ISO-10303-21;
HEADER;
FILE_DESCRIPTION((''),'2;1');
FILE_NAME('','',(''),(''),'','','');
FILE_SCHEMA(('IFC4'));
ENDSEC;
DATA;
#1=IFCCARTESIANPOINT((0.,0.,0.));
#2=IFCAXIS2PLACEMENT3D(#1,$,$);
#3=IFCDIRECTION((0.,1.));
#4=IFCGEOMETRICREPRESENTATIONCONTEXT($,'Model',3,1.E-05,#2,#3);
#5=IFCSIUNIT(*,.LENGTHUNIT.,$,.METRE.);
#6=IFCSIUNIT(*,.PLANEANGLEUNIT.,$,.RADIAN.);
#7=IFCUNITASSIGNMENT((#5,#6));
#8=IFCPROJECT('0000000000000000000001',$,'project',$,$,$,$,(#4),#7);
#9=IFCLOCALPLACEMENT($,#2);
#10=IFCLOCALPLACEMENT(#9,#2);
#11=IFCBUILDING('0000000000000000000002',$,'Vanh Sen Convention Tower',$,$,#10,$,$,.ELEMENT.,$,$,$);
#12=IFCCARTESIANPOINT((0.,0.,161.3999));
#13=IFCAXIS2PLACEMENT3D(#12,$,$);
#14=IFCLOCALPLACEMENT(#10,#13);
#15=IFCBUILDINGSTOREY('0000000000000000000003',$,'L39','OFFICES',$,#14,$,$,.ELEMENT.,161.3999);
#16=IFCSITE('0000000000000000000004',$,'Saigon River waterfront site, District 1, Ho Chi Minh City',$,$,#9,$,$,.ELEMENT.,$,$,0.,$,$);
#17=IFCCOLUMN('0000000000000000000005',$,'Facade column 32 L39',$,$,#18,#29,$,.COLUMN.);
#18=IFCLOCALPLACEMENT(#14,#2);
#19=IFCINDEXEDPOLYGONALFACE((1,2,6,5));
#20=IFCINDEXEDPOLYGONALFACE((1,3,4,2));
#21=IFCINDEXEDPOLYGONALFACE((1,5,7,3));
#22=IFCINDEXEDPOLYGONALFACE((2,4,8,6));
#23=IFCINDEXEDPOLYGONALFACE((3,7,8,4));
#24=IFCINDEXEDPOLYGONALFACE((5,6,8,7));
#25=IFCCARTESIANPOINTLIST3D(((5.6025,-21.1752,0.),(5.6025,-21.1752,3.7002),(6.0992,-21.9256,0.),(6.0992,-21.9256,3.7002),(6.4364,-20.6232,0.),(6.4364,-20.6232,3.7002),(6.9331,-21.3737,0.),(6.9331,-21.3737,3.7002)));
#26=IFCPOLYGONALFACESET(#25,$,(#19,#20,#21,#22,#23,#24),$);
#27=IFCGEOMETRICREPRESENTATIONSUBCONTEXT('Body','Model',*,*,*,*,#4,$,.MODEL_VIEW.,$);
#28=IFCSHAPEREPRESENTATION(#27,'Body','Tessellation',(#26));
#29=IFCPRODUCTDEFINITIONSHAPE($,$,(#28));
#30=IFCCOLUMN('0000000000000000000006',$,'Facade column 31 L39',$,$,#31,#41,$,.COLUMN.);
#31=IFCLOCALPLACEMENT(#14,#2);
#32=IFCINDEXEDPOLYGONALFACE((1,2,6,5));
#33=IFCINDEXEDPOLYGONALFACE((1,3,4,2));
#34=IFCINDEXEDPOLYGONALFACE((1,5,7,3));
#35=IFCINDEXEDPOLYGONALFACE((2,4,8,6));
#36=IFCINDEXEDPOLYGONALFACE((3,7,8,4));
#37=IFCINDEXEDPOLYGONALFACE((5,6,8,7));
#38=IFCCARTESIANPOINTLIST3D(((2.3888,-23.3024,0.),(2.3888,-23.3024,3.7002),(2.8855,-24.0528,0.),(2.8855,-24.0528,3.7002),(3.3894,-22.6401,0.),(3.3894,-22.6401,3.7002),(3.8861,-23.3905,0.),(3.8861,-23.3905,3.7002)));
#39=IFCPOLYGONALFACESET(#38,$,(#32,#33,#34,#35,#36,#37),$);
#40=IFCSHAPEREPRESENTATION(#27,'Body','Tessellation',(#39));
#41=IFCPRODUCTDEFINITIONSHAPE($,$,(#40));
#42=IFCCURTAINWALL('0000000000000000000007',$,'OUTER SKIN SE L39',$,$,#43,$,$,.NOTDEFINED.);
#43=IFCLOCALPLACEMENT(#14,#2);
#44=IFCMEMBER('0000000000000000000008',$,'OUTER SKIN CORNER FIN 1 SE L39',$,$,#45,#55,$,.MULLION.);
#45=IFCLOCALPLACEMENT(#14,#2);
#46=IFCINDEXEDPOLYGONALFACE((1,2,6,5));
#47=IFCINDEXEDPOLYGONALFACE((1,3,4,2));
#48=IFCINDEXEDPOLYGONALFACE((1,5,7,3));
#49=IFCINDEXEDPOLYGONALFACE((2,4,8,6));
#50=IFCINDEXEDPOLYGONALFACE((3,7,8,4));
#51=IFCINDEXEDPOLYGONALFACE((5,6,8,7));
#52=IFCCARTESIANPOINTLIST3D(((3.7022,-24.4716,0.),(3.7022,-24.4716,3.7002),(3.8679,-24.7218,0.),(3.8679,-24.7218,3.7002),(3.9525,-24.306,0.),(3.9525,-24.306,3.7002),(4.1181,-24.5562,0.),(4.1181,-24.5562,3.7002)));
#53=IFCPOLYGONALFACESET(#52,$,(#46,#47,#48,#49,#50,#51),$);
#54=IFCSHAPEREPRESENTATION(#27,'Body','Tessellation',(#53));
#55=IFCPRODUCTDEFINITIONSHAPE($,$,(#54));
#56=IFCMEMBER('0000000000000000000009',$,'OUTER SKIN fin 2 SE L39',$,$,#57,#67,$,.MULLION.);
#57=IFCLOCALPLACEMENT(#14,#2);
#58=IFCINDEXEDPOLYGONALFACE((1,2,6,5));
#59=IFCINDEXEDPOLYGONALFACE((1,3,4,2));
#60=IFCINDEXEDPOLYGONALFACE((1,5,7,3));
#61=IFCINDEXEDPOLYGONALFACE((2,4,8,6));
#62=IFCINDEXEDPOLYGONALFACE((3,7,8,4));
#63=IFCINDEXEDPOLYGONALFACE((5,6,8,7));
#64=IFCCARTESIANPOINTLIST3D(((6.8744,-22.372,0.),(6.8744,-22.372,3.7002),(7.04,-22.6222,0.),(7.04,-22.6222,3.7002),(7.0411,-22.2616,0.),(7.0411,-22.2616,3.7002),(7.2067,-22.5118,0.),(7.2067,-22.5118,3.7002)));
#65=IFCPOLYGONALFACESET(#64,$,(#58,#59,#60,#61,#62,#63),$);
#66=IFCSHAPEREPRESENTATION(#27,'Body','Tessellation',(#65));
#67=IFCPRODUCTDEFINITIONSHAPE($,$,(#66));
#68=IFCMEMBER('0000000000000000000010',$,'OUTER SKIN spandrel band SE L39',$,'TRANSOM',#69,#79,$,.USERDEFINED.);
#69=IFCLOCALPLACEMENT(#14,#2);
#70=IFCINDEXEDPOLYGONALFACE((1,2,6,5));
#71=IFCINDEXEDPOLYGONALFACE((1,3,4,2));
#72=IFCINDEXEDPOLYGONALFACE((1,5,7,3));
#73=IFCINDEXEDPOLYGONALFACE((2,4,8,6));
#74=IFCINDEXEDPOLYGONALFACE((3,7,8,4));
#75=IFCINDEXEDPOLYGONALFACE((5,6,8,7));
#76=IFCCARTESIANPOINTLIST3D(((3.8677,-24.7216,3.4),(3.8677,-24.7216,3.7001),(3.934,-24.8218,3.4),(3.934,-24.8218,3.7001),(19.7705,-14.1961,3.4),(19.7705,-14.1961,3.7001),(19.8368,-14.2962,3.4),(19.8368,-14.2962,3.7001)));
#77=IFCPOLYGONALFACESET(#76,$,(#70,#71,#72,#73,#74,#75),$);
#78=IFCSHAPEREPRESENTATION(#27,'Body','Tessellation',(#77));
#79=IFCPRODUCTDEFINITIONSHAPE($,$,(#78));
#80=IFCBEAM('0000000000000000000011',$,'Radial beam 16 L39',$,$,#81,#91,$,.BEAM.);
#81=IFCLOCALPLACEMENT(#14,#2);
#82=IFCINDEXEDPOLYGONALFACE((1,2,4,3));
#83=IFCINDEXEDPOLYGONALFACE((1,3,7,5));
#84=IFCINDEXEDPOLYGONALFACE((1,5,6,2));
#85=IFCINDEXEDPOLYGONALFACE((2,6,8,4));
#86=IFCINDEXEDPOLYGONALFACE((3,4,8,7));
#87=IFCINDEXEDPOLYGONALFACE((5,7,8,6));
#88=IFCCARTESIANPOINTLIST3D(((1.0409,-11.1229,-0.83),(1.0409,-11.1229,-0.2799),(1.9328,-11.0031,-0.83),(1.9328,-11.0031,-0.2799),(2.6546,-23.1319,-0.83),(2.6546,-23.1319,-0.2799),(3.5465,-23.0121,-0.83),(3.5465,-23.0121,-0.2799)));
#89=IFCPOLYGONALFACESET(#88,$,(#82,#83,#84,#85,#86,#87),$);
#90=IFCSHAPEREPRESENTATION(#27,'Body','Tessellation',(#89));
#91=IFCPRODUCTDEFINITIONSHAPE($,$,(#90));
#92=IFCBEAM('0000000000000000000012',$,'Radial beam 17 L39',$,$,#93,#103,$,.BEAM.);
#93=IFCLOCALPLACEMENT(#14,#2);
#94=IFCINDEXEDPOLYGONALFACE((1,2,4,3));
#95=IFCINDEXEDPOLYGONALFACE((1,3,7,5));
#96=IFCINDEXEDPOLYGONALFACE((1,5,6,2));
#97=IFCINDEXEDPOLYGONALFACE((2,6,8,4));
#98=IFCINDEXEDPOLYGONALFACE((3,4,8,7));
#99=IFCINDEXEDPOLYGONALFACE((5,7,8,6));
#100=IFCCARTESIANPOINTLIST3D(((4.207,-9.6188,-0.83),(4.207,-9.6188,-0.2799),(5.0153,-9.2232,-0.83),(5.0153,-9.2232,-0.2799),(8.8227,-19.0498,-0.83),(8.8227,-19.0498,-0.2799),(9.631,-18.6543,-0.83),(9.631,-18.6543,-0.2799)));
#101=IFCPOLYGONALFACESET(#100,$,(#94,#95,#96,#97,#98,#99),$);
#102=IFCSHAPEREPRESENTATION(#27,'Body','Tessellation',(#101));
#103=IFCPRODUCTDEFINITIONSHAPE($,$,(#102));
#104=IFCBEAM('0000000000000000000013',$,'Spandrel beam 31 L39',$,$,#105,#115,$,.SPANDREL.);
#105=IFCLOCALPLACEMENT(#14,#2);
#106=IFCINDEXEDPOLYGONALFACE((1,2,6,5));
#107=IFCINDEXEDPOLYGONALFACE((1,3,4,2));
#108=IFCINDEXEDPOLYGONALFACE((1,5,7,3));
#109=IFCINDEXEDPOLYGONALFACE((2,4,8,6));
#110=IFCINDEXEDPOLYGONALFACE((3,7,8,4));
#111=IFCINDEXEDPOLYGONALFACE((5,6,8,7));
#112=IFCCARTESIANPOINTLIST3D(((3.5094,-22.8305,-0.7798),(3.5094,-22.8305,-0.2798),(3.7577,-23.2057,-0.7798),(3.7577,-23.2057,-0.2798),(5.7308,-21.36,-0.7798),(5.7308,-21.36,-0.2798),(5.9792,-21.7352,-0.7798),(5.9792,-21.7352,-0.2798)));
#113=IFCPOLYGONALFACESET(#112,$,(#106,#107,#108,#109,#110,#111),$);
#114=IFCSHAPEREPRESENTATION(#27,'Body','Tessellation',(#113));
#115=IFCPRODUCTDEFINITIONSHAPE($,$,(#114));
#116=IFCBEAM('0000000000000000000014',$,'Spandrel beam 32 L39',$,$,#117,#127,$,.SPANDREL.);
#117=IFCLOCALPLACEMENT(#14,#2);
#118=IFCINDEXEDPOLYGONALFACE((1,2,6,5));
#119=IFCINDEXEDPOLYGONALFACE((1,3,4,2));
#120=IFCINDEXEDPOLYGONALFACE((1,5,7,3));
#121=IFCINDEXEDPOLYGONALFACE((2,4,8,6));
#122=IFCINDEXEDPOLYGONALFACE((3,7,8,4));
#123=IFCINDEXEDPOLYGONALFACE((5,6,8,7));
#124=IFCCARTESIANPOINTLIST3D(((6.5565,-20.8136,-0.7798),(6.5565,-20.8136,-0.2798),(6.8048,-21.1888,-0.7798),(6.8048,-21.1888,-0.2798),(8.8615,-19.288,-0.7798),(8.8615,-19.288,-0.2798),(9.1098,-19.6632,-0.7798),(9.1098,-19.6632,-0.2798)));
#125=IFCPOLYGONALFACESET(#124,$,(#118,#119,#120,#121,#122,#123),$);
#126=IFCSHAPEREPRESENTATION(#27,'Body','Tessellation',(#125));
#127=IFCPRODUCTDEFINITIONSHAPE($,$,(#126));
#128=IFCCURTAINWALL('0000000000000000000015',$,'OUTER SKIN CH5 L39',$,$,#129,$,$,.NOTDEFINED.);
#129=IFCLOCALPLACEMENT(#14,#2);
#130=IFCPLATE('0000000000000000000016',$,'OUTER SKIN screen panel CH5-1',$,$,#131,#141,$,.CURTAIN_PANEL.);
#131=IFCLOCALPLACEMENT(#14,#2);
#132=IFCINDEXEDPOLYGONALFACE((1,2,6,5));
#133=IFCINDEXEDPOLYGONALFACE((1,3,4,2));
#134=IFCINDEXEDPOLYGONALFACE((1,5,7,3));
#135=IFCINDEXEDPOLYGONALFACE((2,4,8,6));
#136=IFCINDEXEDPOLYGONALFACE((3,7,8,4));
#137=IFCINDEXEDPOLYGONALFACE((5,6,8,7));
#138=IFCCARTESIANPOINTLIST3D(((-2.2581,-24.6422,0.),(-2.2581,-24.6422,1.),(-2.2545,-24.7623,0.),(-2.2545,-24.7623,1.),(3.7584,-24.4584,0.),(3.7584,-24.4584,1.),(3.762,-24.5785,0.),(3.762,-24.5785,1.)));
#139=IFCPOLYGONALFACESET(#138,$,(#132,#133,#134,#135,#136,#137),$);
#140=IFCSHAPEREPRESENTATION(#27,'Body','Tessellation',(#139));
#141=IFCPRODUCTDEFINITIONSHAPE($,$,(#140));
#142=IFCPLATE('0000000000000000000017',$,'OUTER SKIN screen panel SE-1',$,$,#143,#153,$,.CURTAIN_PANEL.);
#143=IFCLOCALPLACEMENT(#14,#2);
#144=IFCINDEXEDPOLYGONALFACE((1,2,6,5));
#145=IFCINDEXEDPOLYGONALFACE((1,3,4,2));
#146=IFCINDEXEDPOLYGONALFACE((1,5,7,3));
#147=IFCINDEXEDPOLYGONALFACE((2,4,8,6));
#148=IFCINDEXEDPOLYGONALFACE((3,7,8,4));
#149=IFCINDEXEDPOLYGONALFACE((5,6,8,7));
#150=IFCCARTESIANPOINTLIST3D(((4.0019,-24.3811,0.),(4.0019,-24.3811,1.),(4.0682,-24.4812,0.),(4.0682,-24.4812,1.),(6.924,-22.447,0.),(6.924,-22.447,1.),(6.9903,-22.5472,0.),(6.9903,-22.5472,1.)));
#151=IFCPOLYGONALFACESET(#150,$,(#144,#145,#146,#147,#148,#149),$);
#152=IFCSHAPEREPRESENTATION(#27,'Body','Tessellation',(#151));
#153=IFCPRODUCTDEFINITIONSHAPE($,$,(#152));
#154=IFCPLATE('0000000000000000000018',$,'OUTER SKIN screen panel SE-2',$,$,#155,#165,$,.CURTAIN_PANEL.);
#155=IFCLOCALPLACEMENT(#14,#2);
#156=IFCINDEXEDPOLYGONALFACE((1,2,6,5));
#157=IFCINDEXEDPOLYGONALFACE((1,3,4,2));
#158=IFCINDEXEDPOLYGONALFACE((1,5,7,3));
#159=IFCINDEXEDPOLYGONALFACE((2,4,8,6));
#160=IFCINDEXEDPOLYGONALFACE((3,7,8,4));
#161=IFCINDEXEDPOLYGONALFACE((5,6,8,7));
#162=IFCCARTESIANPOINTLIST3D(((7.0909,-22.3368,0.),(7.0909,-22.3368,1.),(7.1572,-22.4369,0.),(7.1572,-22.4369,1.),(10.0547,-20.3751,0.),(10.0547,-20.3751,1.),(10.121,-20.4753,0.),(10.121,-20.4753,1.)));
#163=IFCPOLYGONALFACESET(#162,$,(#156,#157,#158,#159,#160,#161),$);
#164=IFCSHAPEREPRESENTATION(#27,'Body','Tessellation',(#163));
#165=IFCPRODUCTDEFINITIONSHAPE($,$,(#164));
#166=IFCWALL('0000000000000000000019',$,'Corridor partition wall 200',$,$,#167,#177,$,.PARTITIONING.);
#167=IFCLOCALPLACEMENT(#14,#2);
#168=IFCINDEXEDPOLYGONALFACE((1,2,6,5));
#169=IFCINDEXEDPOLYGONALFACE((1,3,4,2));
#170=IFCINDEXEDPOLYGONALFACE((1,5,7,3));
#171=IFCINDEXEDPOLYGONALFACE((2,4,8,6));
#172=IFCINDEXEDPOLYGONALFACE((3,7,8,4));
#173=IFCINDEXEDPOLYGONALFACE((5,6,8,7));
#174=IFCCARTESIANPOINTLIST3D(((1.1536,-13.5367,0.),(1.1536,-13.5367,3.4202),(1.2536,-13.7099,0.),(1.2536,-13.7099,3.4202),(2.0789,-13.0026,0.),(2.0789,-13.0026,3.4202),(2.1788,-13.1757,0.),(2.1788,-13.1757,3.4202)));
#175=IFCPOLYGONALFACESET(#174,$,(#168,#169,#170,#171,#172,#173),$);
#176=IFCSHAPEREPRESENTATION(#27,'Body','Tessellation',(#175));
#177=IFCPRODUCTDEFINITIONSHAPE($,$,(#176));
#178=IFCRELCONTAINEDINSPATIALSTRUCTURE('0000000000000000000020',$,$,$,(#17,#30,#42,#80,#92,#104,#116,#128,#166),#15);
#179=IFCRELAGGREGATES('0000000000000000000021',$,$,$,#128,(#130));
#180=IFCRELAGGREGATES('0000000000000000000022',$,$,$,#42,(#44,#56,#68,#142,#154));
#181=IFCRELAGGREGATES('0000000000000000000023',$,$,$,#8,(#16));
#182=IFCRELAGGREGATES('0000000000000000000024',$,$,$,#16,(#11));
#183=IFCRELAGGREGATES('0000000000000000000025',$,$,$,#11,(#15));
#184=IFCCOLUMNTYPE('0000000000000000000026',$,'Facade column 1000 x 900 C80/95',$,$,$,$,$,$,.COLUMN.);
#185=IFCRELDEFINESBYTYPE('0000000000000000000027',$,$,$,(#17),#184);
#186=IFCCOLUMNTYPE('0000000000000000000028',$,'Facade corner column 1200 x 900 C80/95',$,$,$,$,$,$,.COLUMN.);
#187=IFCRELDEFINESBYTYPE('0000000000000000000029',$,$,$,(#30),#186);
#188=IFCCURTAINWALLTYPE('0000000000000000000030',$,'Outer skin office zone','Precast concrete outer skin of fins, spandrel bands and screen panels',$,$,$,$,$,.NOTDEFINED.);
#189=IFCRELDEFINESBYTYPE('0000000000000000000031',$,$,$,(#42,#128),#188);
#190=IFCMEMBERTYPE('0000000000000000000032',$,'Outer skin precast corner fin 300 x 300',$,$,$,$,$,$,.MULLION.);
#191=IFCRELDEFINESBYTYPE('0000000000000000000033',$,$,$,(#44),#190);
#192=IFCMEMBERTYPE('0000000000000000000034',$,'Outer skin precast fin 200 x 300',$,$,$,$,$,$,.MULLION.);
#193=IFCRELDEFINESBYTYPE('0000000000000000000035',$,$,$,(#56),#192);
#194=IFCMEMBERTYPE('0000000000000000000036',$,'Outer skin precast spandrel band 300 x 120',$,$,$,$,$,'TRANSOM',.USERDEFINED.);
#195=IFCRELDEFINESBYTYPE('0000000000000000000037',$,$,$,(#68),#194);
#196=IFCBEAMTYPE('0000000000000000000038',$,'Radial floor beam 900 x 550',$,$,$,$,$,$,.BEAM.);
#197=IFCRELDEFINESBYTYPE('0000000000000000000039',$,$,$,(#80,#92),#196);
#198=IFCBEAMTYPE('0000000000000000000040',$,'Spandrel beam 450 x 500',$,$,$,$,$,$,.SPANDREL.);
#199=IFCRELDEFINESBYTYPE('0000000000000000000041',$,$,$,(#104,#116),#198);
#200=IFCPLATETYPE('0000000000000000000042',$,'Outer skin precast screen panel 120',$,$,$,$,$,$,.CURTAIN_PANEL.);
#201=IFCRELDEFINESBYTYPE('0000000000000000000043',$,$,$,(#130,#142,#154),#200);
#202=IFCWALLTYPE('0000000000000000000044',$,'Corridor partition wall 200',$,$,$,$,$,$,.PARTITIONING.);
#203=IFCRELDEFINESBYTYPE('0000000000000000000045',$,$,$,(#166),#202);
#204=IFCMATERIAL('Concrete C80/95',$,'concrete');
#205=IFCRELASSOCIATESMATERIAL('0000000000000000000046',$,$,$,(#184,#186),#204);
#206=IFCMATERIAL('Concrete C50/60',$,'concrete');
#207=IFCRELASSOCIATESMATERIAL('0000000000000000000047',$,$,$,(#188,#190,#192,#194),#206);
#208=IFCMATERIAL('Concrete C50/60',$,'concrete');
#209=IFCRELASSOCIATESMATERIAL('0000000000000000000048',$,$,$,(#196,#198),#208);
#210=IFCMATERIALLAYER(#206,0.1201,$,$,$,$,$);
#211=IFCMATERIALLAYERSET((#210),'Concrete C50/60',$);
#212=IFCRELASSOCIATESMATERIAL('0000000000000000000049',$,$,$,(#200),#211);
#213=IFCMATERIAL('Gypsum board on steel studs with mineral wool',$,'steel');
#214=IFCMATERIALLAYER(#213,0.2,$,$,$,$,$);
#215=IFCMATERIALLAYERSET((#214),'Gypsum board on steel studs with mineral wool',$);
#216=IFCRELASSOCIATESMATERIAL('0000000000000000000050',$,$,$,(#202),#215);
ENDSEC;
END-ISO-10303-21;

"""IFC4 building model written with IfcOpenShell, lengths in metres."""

from ifc_helpers import new_model, si_unit, direction, frame, frame_2d, origin, origin_2d, place, context, subcontext, project, spatial, rectangle, extrude, material, layer, layer_set, material_profile, profile_set, type_object, element, aggregate, save


model = new_model("IFC4")

# Units and contexts
model_context = context("Model", 3, precision=1e-05, world=origin(), true_north=direction((0.0, 1.0)))
body_context = subcontext(model_context, "Body", "Model", "MODEL_VIEW")
ifc_project = project(units=[si_unit("LENGTHUNIT", "METRE"), si_unit("PLANEANGLEUNIT", "RADIAN")], contexts=[model_context])

# Site, building, storey
site_placement = place(None, origin())
site = spatial("IfcSite", under=ifc_project, at=site_placement, Name="Saigon River waterfront site, District 1, Ho Chi Minh City", CompositionType="ELEMENT", RefElevation=0.0)
building_placement = place(site_placement, origin())
building = spatial("IfcBuilding", under=site, at=building_placement, Name="Vanh Sen Convention Tower", CompositionType="ELEMENT")
storey_placement = place(building_placement, frame((0.0, 0.0, 161.3999)))
storey = spatial("IfcBuildingStorey", under=building, at=storey_placement, Name="L39", Description="OFFICES", CompositionType="ELEMENT", Elevation=161.3999)

# Columns
ifc_material_1 = material(Name="Concrete C80/95", Category="concrete")
ifc_material_profile_1 = material_profile(ifc_material_1, rectangle(XDim=1.0, YDim=0.8999, at=origin_2d()), Name="RC 1000X900")
ifc_profile_set_1 = profile_set([ifc_material_profile_1], Name="Concrete C80/95")
column_type_1 = type_object("IfcColumnType", Name="Facade column 1000 x 900 C80/95", PredefinedType="COLUMN", material=ifc_profile_set_1)
column_1_placement = place(storey_placement, frame((6.2678, -21.2744, 0.0), z_axis=(0.0, 0.0, 1.0), x_axis=(0.833886, 0.551937, 0.0)))
element("IfcColumn", 1, at=column_1_placement, inside=storey, type_object=column_type_1, Name="Facade column 32 L39", PredefinedType="COLUMN", context=body_context, shape_type="SweptSolid", body=[
    extrude(rectangle(XDim=1.0, YDim=0.8999, at=origin_2d()), origin(), (0.0, 0.0, 1.0), 3.7002),
])
ifc_material_profile_2 = material_profile(ifc_material_1, rectangle(XDim=1.2, YDim=0.8999, at=origin_2d()), Name="RC 1200X900")
ifc_profile_set_2 = profile_set([ifc_material_profile_2], Name="Concrete C80/95")
column_type_2 = type_object("IfcColumnType", Name="Facade corner column 1200 x 900 C80/95", PredefinedType="COLUMN", material=ifc_profile_set_2)
column_2_placement = place(storey_placement, frame((3.1375, -23.3464, 0.0), z_axis=(0.0, 0.0, 1.0), x_axis=(0.833886, 0.551937, 0.0)))
element("IfcColumn", 2, at=column_2_placement, inside=storey, type_object=column_type_2, Name="Facade column 31 L39", PredefinedType="COLUMN", context=body_context, shape_type="SweptSolid", body=[
    extrude(rectangle(XDim=1.2, YDim=0.8999, at=origin_2d()), origin(), (0.0, 0.0, 1.0), 3.7002),
])

# Curtain wall, members
ifc_material_2 = material(Name="Concrete C50/60", Category="concrete")
curtain_wall_type = type_object("IfcCurtainWallType", Name="Outer skin office zone", Description="Precast concrete outer skin of fins, spandrel bands and screen panels", PredefinedType="NOTDEFINED", material=ifc_material_2)
curtain_wall_1_placement = place(storey_placement, origin())
curtain_wall_1 = element("IfcCurtainWall", 3, at=curtain_wall_1_placement, inside=storey, type_object=curtain_wall_type, Name="OUTER SKIN SE L39", PredefinedType="NOTDEFINED")
ifc_material_profile_3 = material_profile(ifc_material_2, rectangle(XDim=0.3, YDim=0.3, at=origin_2d()), Name="Outer skin precast corner fin 300 x 300")
ifc_profile_set_3 = profile_set([ifc_material_profile_3], Name="Concrete C50/60")
member_type_1 = type_object("IfcMemberType", Name="Outer skin precast corner fin 300 x 300", PredefinedType="MULLION", material=ifc_profile_set_3)
member_1_placement = place(storey_placement, frame((3.9102, -24.5139, 0.0), z_axis=(0.0, 0.0, 1.0), x_axis=(0.833886, 0.551937, 0.0)))
member_1 = element("IfcMember", 4, at=member_1_placement, type_object=member_type_1, Name="OUTER SKIN CORNER FIN 1 SE L39", PredefinedType="MULLION", context=body_context, shape_type="SweptSolid", body=[
    extrude(rectangle(XDim=0.3, YDim=0.3, at=origin_2d()), origin(), (0.0, 0.0, 1.0), 3.7002),
])
ifc_material_profile_4 = material_profile(ifc_material_2, rectangle(XDim=0.2, YDim=0.3, at=origin_2d()), Name="Outer skin precast fin 200 x 300")
ifc_profile_set_4 = profile_set([ifc_material_profile_4], Name="Concrete C50/60")
member_type_2 = type_object("IfcMemberType", Name="Outer skin precast fin 200 x 300", PredefinedType="MULLION", material=ifc_profile_set_4)
member_2_placement = place(storey_placement, frame((7.0405, -22.4419, 0.0), z_axis=(0.0, 0.0, 1.0), x_axis=(0.833886, 0.551937, 0.0)))
member_2 = element("IfcMember", 5, at=member_2_placement, type_object=member_type_2, Name="OUTER SKIN fin 2 SE L39", PredefinedType="MULLION", context=body_context, shape_type="SweptSolid", body=[
    extrude(rectangle(XDim=0.2, YDim=0.3, at=origin_2d()), origin(), (0.0, 0.0, 1.0), 3.7002),
])
ifc_material_profile_5 = material_profile(ifc_material_2, rectangle(XDim=0.1201, YDim=0.3, at=origin_2d()), Name="Outer skin precast spandrel band 300 x 120")
ifc_profile_set_5 = profile_set([ifc_material_profile_5], Name="Concrete C50/60")
member_type_3 = type_object("IfcMemberType", Name="Outer skin precast spandrel band 300 x 120", ElementType="TRANSOM", PredefinedType="USERDEFINED", material=ifc_profile_set_5)
member_3_placement = place(storey_placement, frame((3.9009, -24.7717, 3.55), z_axis=(0.833891, 0.551929, 0.0), x_axis=(-0.551929, 0.833891, 0.0)))
member_3 = element("IfcMember", 6, at=member_3_placement, type_object=member_type_3, Name="OUTER SKIN spandrel band SE L39", ObjectType="TRANSOM", PredefinedType="USERDEFINED", context=body_context, shape_type="SweptSolid", body=[
    extrude(rectangle(XDim=0.1201, YDim=0.3, at=origin_2d()), origin(), (0.0, 0.0, 1.0), 19.0706),
])

# Beams
ifc_material_3 = material(Name="Concrete C50/60", Category="concrete")
ifc_material_profile_6 = material_profile(ifc_material_3, rectangle(XDim=0.8999, YDim=0.55, at=origin_2d()), Name="RC 900X550")
ifc_profile_set_6 = profile_set([ifc_material_profile_6], Name="Concrete C50/60")
beam_type_1 = type_object("IfcBeamType", Name="Radial floor beam 900 x 550", PredefinedType="BEAM", material=ifc_profile_set_6)
beam_1_placement = place(storey_placement, frame((3.1006, -23.072, -0.5549), z_axis=(-0.133183, 0.991092, 0.0), x_axis=(-0.991092, -0.133183, 0.0)))
element("IfcBeam", 7, at=beam_1_placement, inside=storey, type_object=beam_type_1, Name="Radial beam 16 L39", PredefinedType="BEAM", context=body_context, shape_type="SweptSolid", body=[
    extrude(rectangle(XDim=0.8999, YDim=0.55, at=origin_2d()), origin(), (0.0, 0.0, 1.0), 12.1169),
])
beam_2_placement = place(storey_placement, frame((9.2268, -18.8521, -0.5549), z_axis=(-0.43959, 0.898199, 0.0), x_axis=(-0.898199, -0.43959, 0.0)))
element("IfcBeam", 8, at=beam_2_placement, inside=storey, type_object=beam_type_1, Name="Radial beam 17 L39", PredefinedType="BEAM", context=body_context, shape_type="SweptSolid", body=[
    extrude(rectangle(XDim=0.8999, YDim=0.55, at=origin_2d()), origin(), (0.0, 0.0, 1.0), 10.5),
])
ifc_material_profile_7 = material_profile(ifc_material_3, rectangle(XDim=0.45, YDim=0.5, at=origin_2d()), Name="RC 450X500")
ifc_profile_set_7 = profile_set([ifc_material_profile_7], Name="Concrete C50/60")
beam_type_2 = type_object("IfcBeamType", Name="Spandrel beam 450 x 500", PredefinedType="SPANDREL", material=ifc_profile_set_7)
beam_3_placement = place(storey_placement, frame((3.6335, -23.0181, -0.5298), z_axis=(0.833865, 0.551969, 0.0), x_axis=(-0.551969, 0.833865, 0.0)))
element("IfcBeam", 9, at=beam_3_placement, inside=storey, type_object=beam_type_2, Name="Spandrel beam 31 L39", PredefinedType="SPANDREL", context=body_context, shape_type="SweptSolid", body=[
    extrude(rectangle(XDim=0.45, YDim=0.5, at=origin_2d()), origin(), (0.0, 0.0, 1.0), 2.6641),
])
beam_4_placement = place(storey_placement, frame((6.6807, -21.0012, -0.5298), z_axis=(0.83388, 0.551945, 0.0), x_axis=(-0.551945, 0.83388, 0.0)))
element("IfcBeam", 10, at=beam_4_placement, inside=storey, type_object=beam_type_2, Name="Spandrel beam 32 L39", PredefinedType="SPANDREL", context=body_context, shape_type="SweptSolid", body=[
    extrude(rectangle(XDim=0.45, YDim=0.5, at=origin_2d()), origin(), (0.0, 0.0, 1.0), 2.7642),
])

# Curtain wall, plate
curtain_wall_2_placement = place(storey_placement, origin())
curtain_wall_2 = element("IfcCurtainWall", 11, at=curtain_wall_2_placement, inside=storey, type_object=curtain_wall_type, Name="OUTER SKIN CH5 L39", PredefinedType="NOTDEFINED")
ifc_layer_1 = layer(ifc_material_2, 0.1201)
ifc_layer_set_1 = layer_set([ifc_layer_1], Name="Concrete C50/60")
plate_type = type_object("IfcPlateType", Name="Outer skin precast screen panel 120", PredefinedType="CURTAIN_PANEL", material=ifc_layer_set_1)
plate_1_placement = place(storey_placement, frame((0.752, -24.6104, 0.0), z_axis=(0.0, 0.0, 1.0), x_axis=(0.999534, 0.03054, 0.0)))
plate_1 = element("IfcPlate", 12, at=plate_1_placement, type_object=plate_type, Name="OUTER SKIN screen panel CH5-1", PredefinedType="CURTAIN_PANEL", context=body_context, shape_type="SweptSolid", body=[
    extrude(rectangle(XDim=6.0193, YDim=0.1201, at=origin_2d()), origin(), (0.0, 0.0, 1.0), 1.0),
])
aggregate(curtain_wall_2, [plate_1])

# Plates
plate_2_placement = place(storey_placement, frame((5.4961, -23.4641, 0.0), z_axis=(0.0, 0.0, 1.0), x_axis=(0.83389, 0.551931, 0.0)))
plate_2 = element("IfcPlate", 13, at=plate_2_placement, type_object=plate_type, Name="OUTER SKIN screen panel SE-1", PredefinedType="CURTAIN_PANEL", context=body_context, shape_type="SweptSolid", body=[
    extrude(rectangle(XDim=3.5042, YDim=0.1201, at=origin_2d()), origin(), (0.0, 0.0, 1.0), 1.0),
])
plate_3_placement = place(storey_placement, frame((8.606, -21.406, 0.0), z_axis=(0.0, 0.0, 1.0), x_axis=(0.83389, 0.551931, 0.0)))
plate_3 = element("IfcPlate", 14, at=plate_3_placement, type_object=plate_type, Name="OUTER SKIN screen panel SE-2", PredefinedType="CURTAIN_PANEL", context=body_context, shape_type="SweptSolid", body=[
    extrude(rectangle(XDim=3.5542, YDim=0.1201, at=origin_2d()), origin(), (0.0, 0.0, 1.0), 1.0),
])
aggregate(curtain_wall_1, [member_1, member_2, member_3, plate_2, plate_3])

# Wall
ifc_material_4 = material(Name="Gypsum board on steel studs with mineral wool", Category="steel")
ifc_layer_2 = layer(ifc_material_4, 0.2)
ifc_layer_set_2 = layer_set([ifc_layer_2], Name="Gypsum board on steel studs with mineral wool")
wall_type_1 = type_object("IfcWallType", Name="Corridor partition wall 200", PredefinedType="PARTITIONING", material=ifc_layer_set_2)
wall_1_placement = place(storey_placement, frame((1.2036, -13.6233, 0.0), z_axis=(0.0, 0.0, 1.0), x_axis=(0.866041, 0.499973, 0.0)))
element("IfcWall", 15, at=wall_1_placement, inside=storey, type_object=wall_type_1, Name="Corridor partition wall 200", PredefinedType="PARTITIONING", context=body_context, shape_type="SweptSolid", body=[
    extrude(rectangle(XDim=1.0684, YDim=0.2, at=frame_2d((0.5342, 0.0))), origin(), (0.0, 0.0, 1.0), 3.4202),
])

save(model, "model.ifc")
